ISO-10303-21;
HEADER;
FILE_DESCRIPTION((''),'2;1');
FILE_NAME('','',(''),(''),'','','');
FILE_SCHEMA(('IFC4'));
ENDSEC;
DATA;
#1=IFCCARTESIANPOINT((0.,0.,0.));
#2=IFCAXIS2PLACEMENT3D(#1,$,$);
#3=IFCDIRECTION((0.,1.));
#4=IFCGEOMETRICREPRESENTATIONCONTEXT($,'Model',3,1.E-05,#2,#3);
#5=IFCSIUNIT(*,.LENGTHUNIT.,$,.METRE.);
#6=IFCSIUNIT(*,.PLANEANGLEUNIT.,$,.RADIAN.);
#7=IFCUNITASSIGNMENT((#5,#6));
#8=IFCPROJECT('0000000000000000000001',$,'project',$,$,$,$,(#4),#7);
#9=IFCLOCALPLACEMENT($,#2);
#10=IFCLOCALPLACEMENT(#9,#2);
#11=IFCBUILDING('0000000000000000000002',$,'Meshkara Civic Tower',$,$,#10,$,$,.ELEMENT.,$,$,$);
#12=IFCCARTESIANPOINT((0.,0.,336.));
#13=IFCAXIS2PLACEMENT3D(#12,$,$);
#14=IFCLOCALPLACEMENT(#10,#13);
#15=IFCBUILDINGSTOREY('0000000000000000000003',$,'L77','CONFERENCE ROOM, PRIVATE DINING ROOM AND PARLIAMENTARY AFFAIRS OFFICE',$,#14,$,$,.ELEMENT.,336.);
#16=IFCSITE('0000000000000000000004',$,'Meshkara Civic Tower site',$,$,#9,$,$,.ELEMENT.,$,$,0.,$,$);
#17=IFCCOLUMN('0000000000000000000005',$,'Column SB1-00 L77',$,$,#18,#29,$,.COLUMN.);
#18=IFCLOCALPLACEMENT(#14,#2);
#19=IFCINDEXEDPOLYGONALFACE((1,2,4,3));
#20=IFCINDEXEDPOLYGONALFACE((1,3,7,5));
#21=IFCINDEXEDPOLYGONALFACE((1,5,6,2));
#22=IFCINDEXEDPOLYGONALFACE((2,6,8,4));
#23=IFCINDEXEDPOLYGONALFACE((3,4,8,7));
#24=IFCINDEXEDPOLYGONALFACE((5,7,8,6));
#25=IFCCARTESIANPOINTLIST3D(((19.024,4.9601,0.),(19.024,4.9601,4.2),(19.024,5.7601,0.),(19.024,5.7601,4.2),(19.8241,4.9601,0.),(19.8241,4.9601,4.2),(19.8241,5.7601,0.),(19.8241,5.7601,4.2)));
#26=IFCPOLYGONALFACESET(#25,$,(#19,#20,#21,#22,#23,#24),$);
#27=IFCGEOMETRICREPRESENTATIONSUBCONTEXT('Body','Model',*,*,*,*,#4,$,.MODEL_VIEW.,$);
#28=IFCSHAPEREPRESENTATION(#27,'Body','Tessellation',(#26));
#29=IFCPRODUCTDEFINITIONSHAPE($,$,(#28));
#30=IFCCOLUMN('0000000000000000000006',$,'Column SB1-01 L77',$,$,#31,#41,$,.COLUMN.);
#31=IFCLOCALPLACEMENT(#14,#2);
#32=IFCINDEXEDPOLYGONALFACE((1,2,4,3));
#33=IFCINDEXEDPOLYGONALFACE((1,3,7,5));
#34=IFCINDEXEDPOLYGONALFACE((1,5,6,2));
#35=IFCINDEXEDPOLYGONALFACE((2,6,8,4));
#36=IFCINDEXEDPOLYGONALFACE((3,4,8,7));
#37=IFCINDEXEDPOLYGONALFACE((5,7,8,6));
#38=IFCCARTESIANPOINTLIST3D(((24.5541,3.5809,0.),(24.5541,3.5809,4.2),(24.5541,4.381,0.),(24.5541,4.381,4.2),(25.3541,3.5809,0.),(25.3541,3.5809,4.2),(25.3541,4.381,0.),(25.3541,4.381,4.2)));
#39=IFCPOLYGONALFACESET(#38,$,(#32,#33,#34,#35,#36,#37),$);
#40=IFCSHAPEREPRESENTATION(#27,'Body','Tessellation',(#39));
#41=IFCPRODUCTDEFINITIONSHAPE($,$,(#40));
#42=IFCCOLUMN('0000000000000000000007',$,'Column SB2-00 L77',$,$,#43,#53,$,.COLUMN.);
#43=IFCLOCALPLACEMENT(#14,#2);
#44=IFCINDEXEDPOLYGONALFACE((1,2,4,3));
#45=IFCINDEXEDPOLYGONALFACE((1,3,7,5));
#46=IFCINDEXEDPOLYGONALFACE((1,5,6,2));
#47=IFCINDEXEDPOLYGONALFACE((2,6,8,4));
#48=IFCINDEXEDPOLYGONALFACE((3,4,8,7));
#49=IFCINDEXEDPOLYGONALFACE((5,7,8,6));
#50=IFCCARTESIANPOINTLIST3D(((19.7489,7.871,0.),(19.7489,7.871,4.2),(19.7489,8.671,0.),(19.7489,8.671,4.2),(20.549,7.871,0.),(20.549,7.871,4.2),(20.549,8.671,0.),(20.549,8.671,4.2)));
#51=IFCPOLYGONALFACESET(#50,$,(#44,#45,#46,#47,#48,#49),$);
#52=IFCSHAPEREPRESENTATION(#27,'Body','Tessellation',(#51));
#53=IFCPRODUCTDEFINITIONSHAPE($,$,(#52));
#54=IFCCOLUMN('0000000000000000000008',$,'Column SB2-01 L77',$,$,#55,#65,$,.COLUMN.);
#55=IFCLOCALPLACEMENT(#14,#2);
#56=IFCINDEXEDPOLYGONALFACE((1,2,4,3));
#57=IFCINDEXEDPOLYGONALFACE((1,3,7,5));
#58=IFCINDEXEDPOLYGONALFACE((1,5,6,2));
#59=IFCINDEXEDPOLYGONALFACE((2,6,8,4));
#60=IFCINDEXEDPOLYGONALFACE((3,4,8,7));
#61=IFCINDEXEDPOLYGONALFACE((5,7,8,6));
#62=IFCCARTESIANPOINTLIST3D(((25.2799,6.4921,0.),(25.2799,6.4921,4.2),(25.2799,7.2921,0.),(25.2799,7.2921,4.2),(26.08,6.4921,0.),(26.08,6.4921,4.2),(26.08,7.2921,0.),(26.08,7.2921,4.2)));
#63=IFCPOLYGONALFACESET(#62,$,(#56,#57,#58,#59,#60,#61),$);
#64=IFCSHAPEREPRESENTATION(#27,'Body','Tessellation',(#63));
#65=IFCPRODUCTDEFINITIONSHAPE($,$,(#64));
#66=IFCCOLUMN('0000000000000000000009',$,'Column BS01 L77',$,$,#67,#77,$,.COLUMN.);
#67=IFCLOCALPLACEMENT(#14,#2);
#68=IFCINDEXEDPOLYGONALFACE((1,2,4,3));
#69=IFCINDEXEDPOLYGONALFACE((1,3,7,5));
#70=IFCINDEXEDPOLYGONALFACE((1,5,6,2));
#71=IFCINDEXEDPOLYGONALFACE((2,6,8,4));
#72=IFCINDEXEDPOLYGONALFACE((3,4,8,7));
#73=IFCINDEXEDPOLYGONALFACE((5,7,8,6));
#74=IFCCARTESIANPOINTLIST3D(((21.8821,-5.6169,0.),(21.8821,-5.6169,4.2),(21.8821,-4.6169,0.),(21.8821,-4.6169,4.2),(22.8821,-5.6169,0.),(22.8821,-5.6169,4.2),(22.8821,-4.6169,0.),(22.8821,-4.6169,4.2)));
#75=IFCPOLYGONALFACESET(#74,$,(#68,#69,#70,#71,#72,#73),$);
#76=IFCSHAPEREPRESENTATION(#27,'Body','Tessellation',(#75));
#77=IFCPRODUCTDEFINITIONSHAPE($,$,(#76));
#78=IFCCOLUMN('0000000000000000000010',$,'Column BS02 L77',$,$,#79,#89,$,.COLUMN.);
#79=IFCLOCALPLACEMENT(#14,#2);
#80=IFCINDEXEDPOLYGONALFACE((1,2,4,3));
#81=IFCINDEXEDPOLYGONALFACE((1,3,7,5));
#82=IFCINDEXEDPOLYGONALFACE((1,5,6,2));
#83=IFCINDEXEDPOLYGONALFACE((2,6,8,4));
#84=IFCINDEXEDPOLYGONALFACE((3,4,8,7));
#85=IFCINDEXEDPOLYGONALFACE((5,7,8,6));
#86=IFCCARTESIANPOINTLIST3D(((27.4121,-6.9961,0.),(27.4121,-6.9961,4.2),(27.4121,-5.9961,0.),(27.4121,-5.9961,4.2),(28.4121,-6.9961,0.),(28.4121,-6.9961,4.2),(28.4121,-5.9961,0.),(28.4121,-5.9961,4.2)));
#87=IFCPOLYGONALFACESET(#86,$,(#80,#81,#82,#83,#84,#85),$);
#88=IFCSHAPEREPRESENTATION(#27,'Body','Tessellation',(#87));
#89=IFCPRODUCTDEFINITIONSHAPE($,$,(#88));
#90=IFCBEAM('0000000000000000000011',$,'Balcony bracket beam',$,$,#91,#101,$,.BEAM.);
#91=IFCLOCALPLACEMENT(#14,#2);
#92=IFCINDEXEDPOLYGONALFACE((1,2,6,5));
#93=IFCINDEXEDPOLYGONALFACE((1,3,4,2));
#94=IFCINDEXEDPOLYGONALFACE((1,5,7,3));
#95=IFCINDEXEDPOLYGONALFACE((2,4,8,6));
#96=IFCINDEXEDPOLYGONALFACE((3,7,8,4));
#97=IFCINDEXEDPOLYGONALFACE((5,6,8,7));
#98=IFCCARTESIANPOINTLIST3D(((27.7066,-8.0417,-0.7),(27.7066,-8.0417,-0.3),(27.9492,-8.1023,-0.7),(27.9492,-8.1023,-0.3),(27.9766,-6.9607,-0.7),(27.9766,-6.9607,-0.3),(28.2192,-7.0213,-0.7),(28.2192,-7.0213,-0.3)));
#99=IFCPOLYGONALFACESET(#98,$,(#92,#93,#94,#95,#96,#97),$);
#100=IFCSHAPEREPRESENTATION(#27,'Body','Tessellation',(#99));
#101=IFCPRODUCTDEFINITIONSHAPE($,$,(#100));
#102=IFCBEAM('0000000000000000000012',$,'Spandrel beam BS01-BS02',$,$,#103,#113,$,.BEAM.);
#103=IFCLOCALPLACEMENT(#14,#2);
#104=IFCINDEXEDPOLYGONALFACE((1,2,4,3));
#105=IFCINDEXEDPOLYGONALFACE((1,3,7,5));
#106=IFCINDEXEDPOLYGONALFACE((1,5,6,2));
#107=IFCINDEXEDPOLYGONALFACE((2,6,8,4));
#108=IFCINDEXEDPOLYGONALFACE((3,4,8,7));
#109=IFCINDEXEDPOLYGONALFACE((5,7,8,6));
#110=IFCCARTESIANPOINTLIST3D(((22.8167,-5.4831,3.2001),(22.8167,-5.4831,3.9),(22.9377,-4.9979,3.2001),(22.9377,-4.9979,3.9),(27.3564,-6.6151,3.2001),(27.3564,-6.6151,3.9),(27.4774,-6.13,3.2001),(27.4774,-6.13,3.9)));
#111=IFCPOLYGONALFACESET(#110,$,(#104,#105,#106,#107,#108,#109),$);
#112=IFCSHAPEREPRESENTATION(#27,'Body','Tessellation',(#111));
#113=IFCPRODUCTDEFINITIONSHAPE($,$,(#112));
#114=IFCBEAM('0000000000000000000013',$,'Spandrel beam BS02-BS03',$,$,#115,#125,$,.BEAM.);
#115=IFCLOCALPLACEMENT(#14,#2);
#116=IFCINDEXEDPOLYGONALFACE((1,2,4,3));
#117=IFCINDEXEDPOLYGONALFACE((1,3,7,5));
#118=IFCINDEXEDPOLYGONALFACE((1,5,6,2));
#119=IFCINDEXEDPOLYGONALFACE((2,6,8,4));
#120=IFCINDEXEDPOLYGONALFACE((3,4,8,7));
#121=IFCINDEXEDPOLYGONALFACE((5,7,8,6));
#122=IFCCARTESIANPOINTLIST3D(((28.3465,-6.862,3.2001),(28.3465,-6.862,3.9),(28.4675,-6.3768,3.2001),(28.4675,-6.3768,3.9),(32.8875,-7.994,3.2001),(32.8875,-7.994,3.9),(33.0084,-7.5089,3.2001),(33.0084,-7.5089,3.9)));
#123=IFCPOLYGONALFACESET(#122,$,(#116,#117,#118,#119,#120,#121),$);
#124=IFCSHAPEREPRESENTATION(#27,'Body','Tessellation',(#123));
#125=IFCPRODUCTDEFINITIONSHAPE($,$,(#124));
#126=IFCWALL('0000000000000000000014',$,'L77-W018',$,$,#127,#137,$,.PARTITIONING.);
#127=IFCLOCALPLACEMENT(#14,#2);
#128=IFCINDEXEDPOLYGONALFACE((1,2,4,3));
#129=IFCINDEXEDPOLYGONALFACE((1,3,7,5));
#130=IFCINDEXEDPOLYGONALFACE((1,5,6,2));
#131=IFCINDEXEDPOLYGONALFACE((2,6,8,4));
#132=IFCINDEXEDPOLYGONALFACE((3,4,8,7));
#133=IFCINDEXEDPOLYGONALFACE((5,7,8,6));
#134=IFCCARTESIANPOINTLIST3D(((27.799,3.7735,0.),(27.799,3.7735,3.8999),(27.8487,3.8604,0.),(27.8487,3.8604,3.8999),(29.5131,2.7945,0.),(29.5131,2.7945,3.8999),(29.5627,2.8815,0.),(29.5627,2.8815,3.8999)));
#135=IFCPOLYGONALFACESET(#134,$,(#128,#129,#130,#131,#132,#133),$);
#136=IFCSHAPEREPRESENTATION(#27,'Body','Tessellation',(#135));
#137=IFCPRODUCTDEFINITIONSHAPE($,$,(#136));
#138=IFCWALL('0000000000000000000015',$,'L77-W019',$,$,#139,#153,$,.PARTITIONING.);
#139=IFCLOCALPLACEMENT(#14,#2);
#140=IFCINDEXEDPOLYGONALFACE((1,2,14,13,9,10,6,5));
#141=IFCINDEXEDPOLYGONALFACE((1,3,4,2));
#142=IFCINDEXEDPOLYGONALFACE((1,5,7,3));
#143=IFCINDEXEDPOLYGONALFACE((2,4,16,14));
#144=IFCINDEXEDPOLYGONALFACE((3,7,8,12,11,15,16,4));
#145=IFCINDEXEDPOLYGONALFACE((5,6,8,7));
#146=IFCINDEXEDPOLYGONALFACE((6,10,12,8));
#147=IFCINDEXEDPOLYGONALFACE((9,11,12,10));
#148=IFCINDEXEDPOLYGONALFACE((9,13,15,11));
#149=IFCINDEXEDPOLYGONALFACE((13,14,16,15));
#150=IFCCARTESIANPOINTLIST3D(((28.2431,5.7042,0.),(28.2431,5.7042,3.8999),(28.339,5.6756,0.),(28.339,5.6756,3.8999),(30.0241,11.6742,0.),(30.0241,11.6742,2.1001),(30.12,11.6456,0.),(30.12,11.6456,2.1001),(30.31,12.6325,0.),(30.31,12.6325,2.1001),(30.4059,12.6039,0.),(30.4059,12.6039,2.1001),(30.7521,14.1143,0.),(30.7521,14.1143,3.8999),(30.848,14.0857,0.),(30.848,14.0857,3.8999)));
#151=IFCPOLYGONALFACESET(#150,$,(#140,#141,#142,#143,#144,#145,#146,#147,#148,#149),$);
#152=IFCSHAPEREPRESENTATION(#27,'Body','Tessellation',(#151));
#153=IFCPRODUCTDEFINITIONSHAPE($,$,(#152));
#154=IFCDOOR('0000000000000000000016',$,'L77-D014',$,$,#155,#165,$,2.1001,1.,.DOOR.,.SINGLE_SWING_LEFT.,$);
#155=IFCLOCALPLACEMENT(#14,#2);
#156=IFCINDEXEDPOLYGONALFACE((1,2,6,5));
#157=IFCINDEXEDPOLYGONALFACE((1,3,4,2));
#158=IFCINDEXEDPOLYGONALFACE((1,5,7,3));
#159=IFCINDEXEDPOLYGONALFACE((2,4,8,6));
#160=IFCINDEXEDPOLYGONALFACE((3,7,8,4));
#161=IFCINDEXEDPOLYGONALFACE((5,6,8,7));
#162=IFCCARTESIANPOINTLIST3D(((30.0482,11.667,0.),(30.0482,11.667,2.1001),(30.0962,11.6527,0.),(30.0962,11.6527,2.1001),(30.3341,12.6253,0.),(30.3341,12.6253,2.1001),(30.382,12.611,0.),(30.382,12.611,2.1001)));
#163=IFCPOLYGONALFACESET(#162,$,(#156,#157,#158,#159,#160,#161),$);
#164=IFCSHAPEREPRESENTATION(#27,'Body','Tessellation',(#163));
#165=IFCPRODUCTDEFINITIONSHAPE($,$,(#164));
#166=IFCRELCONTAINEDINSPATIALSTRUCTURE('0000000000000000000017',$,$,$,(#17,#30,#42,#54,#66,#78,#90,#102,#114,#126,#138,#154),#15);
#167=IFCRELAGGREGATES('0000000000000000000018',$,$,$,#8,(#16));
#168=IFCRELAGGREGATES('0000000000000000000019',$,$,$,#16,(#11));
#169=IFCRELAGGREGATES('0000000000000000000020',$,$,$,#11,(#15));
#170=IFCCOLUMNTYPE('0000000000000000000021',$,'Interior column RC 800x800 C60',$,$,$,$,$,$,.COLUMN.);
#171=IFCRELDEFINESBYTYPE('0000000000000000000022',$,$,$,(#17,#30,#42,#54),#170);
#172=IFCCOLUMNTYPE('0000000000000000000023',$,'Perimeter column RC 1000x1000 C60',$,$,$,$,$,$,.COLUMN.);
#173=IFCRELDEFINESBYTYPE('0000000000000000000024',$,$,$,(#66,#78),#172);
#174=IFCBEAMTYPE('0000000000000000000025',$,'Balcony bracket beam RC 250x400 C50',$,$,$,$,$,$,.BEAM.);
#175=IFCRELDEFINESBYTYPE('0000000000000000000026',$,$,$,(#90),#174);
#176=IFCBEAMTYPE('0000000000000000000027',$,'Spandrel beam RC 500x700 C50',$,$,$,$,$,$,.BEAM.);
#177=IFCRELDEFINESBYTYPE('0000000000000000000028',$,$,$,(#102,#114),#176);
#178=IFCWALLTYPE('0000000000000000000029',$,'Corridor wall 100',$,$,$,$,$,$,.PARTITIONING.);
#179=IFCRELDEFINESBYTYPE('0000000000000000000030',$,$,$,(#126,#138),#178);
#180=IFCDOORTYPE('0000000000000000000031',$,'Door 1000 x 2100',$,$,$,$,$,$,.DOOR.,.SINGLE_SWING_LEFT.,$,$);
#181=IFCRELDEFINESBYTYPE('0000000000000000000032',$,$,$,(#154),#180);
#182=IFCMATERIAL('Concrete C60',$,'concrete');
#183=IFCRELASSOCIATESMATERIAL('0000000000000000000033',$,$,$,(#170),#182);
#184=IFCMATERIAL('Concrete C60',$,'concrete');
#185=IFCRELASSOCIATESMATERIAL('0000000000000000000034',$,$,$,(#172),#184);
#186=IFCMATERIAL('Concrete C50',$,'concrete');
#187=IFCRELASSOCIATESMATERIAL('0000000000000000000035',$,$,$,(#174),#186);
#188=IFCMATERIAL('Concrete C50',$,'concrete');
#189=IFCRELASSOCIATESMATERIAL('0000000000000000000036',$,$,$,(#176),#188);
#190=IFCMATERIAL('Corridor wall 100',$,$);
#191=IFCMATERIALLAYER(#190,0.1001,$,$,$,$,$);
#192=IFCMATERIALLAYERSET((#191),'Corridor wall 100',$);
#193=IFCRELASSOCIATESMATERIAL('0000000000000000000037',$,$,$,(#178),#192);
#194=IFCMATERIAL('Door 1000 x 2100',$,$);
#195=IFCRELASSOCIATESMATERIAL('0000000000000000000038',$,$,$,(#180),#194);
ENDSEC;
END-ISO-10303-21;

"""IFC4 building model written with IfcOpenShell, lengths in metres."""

from ifc_helpers import new_model, si_unit, direction, frame, frame_2d, origin, origin_2d, place, context, subcontext, project, spatial, rectangle, extrude, material, layer, layer_set, material_profile, profile_set, type_object, element, fill, save


model = new_model("IFC4")

# Units and contexts
model_context = context("Model", 3, precision=1e-05, world=origin(), true_north=direction((0.0, 1.0)))
body_context = subcontext(model_context, "Body", "Model", "MODEL_VIEW")
ifc_project = project(units=[si_unit("LENGTHUNIT", "METRE"), si_unit("PLANEANGLEUNIT", "RADIAN")], contexts=[model_context])

# Site, building, storey
site_placement = place(None, origin())
site = spatial("IfcSite", under=ifc_project, at=site_placement, Name="Meshkara Civic Tower site", CompositionType="ELEMENT", RefElevation=0.0)
building_placement = place(site_placement, origin())
building = spatial("IfcBuilding", under=site, at=building_placement, Name="Meshkara Civic Tower", CompositionType="ELEMENT")
storey_placement = place(building_placement, frame((0.0, 0.0, 336.0)))
storey = spatial("IfcBuildingStorey", under=building, at=storey_placement, Name="L77", Description="CONFERENCE ROOM, PRIVATE DINING ROOM AND PARLIAMENTARY AFFAIRS OFFICE", CompositionType="ELEMENT", Elevation=336.0)

# Columns
ifc_material_1 = material(Name="Concrete C60", Category="concrete")
ifc_material_profile_1 = material_profile(ifc_material_1, rectangle(XDim=0.8, YDim=0.8, at=origin_2d()))
ifc_profile_set_1 = profile_set([ifc_material_profile_1], Name="Concrete C60")
column_type_1 = type_object("IfcColumnType", Name="Interior column RC 800x800 C60", PredefinedType="COLUMN", material=ifc_profile_set_1)
for number, where, z_axis, x_axis, name in (
    (1, (19.4241, 5.3601, 0.0), (0.0, 0.0, 1.0), (1.0, 0.0, 0.0), "Column SB1-00 L77"),
    (2, (24.9541, 3.981, 0.0), (0.0, 0.0, 1.0), (1.0, 0.0, 0.0), "Column SB1-01 L77"),
    (3, (20.1489, 8.271, 0.0), (0.0, 0.0, 1.0), (1.0, 0.0, 0.0), "Column SB2-00 L77"),
    (4, (25.6799, 6.8921, 0.0), (0.0, 0.0, 1.0), (1.0, 0.0, 0.0), "Column SB2-01 L77"),
):
    element("IfcColumn", number, at=place(storey_placement, frame(where, z_axis=z_axis, x_axis=x_axis)), inside=storey, type_object=column_type_1, Name=name, PredefinedType="COLUMN", context=body_context, shape_type="SweptSolid", body=[
        extrude(rectangle(XDim=0.8, YDim=0.8, at=origin_2d()), origin(), (0.0, 0.0, 1.0), 4.2),
    ])
ifc_material_2 = material(Name="Concrete C60", Category="concrete")
ifc_material_profile_2 = material_profile(ifc_material_2, rectangle(XDim=1.0, YDim=1.0, at=origin_2d()))
ifc_profile_set_2 = profile_set([ifc_material_profile_2], Name="Concrete C60")
column_type_2 = type_object("IfcColumnType", Name="Perimeter column RC 1000x1000 C60", PredefinedType="COLUMN", material=ifc_profile_set_2)
for number, where, z_axis, x_axis, name in (
    (5, (22.3821, -5.1169, 0.0), (0.0, 0.0, 1.0), (1.0, 0.0, 0.0), "Column BS01 L77"),
    (6, (27.9121, -6.4961, 0.0), (0.0, 0.0, 1.0), (1.0, 0.0, 0.0), "Column BS02 L77"),
):
    element("IfcColumn", number, at=place(storey_placement, frame(where, z_axis=z_axis, x_axis=x_axis)), inside=storey, type_object=column_type_2, Name=name, PredefinedType="COLUMN", context=body_context, shape_type="SweptSolid", body=[
        extrude(rectangle(XDim=1.0, YDim=1.0, at=origin_2d()), origin(), (0.0, 0.0, 1.0), 4.2),
    ])

# Beams
ifc_material_3 = material(Name="Concrete C50", Category="concrete")
ifc_material_profile_3 = material_profile(ifc_material_3, rectangle(XDim=0.25, YDim=0.3999, at=origin_2d()))
ifc_profile_set_3 = profile_set([ifc_material_profile_3], Name="Concrete C50")
beam_type_1 = type_object("IfcBeamType", Name="Balcony bracket beam RC 250x400 C50", PredefinedType="BEAM", material=ifc_profile_set_3)
beam_1_placement = place(storey_placement, frame((28.0979, -6.991, -0.5), z_axis=(-0.242329, -0.970194, 0.0), x_axis=(0.970194, -0.242329, 0.0)))
element("IfcBeam", 7, at=beam_1_placement, inside=storey, type_object=beam_type_1, Name="Balcony bracket beam", PredefinedType="BEAM", context=body_context, shape_type="SweptSolid", body=[
    extrude(rectangle(XDim=0.25, YDim=0.3999, at=origin_2d()), origin(), (0.0, 0.0, 1.0), 1.1143),
])
ifc_material_4 = material(Name="Concrete C50", Category="concrete")
ifc_material_profile_4 = material_profile(ifc_material_4, rectangle(XDim=0.5, YDim=0.7, at=origin_2d()))
ifc_profile_set_4 = profile_set([ifc_material_profile_4], Name="Concrete C50")
beam_type_2 = type_object("IfcBeamType", Name="Spandrel beam RC 500x700 C50", PredefinedType="BEAM", material=ifc_profile_set_4)
beam_2_placement = place(storey_placement, frame((22.8772, -5.2405, 3.55), z_axis=(0.970287, -0.241959, 0.0), x_axis=(0.241959, 0.970287, 0.0)))
element("IfcBeam", 8, at=beam_2_placement, inside=storey, type_object=beam_type_2, Name="Spandrel beam BS01-BS02", PredefinedType="BEAM", context=body_context, shape_type="SweptSolid", body=[
    extrude(rectangle(XDim=0.5, YDim=0.7, at=origin_2d()), origin(), (0.0, 0.0, 1.0), 4.6787),
])
beam_3_placement = place(storey_placement, frame((28.407, -6.6194, 3.55), z_axis=(0.970302, -0.241897, 0.0), x_axis=(0.241897, 0.970302, 0.0)))
element("IfcBeam", 9, at=beam_3_placement, inside=storey, type_object=beam_type_2, Name="Spandrel beam BS02-BS03", PredefinedType="BEAM", context=body_context, shape_type="SweptSolid", body=[
    extrude(rectangle(XDim=0.5, YDim=0.7, at=origin_2d()), origin(), (0.0, 0.0, 1.0), 4.6799),
])

# Wall
ifc_material_5 = material(Name="Corridor wall 100")
ifc_layer_1 = layer(ifc_material_5, 0.1001)
ifc_layer_set_1 = layer_set([ifc_layer_1], Name="Corridor wall 100")
wall_type_1 = type_object("IfcWallType", Name="Corridor wall 100", PredefinedType="PARTITIONING", material=ifc_layer_set_1)
wall_1_placement = place(storey_placement, frame((27.824, 3.8169, 0.0), z_axis=(0.0, 0.0, 1.0), x_axis=(0.86835, -0.495952, 0.0)))
element("IfcWall", 10, at=wall_1_placement, inside=storey, type_object=wall_type_1, Name="L77-W018", PredefinedType="PARTITIONING", context=body_context, shape_type="SweptSolid", body=[
    extrude(rectangle(XDim=1.9739, YDim=0.1001, at=frame_2d((0.9868, 0.0))), origin(), (0.0, 0.0, 1.0), 3.8999),
])

# Wall, opening, door
wall_2_placement = place(storey_placement, frame((28.291, 5.6899, 0.0), z_axis=(0.0, 0.0, 1.0), x_axis=(0.285883, 0.958265, 0.0)))
wall_2 = element("IfcWall", 11, at=wall_2_placement, inside=storey, type_object=wall_type_1, Name="L77-W019", PredefinedType="PARTITIONING", context=body_context, shape_type="SweptSolid", body=[
    extrude(rectangle(XDim=8.7764, YDim=0.1001, at=frame_2d((4.3882, 0.0))), origin(), (0.0, 0.0, 1.0), 3.8999),
])
opening_1_placement = place(wall_2_placement, frame((6.23, 0.0, 0.0)))
opening_1 = element("IfcOpeningElement", 12, at=opening_1_placement, cuts=wall_2, PredefinedType="OPENING", context=body_context, shape_type="SweptSolid", body=[
    extrude(rectangle(XDim=1.0, YDim=2.1001, at=frame_2d((0.5, 1.05))), frame((0.0, 0.0601, 0.0), z_axis=(0.0, -1.0, 0.0), x_axis=(1.0, 0.0, 0.0)), (0.0, 0.0, 1.0), 0.1201),
])
ifc_material_6 = material(Name="Door 1000 x 2100")
door_type_1 = type_object("IfcDoorType", Name="Door 1000 x 2100", OperationType="SINGLE_SWING_LEFT", PredefinedType="DOOR", material=ifc_material_6)
door_1_placement = place(opening_1_placement, origin())
door_1 = element("IfcDoor", 13, at=door_1_placement, inside=storey, type_object=door_type_1, Name="L77-D014", OperationType="SINGLE_SWING_LEFT", OverallHeight=2.1001, OverallWidth=1.0, PredefinedType="DOOR", context=body_context, shape_type="SweptSolid", body=[
    extrude(rectangle(XDim=1.0, YDim=2.1001, at=frame_2d((0.5, 1.05))), frame((0.0, 0.0249, 0.0), z_axis=(0.0, -1.0, 0.0), x_axis=(1.0, 0.0, 0.0)), (0.0, 0.0, 1.0), 0.05),
])
fill(opening_1, door_1)

save(model, "model.ifc")
